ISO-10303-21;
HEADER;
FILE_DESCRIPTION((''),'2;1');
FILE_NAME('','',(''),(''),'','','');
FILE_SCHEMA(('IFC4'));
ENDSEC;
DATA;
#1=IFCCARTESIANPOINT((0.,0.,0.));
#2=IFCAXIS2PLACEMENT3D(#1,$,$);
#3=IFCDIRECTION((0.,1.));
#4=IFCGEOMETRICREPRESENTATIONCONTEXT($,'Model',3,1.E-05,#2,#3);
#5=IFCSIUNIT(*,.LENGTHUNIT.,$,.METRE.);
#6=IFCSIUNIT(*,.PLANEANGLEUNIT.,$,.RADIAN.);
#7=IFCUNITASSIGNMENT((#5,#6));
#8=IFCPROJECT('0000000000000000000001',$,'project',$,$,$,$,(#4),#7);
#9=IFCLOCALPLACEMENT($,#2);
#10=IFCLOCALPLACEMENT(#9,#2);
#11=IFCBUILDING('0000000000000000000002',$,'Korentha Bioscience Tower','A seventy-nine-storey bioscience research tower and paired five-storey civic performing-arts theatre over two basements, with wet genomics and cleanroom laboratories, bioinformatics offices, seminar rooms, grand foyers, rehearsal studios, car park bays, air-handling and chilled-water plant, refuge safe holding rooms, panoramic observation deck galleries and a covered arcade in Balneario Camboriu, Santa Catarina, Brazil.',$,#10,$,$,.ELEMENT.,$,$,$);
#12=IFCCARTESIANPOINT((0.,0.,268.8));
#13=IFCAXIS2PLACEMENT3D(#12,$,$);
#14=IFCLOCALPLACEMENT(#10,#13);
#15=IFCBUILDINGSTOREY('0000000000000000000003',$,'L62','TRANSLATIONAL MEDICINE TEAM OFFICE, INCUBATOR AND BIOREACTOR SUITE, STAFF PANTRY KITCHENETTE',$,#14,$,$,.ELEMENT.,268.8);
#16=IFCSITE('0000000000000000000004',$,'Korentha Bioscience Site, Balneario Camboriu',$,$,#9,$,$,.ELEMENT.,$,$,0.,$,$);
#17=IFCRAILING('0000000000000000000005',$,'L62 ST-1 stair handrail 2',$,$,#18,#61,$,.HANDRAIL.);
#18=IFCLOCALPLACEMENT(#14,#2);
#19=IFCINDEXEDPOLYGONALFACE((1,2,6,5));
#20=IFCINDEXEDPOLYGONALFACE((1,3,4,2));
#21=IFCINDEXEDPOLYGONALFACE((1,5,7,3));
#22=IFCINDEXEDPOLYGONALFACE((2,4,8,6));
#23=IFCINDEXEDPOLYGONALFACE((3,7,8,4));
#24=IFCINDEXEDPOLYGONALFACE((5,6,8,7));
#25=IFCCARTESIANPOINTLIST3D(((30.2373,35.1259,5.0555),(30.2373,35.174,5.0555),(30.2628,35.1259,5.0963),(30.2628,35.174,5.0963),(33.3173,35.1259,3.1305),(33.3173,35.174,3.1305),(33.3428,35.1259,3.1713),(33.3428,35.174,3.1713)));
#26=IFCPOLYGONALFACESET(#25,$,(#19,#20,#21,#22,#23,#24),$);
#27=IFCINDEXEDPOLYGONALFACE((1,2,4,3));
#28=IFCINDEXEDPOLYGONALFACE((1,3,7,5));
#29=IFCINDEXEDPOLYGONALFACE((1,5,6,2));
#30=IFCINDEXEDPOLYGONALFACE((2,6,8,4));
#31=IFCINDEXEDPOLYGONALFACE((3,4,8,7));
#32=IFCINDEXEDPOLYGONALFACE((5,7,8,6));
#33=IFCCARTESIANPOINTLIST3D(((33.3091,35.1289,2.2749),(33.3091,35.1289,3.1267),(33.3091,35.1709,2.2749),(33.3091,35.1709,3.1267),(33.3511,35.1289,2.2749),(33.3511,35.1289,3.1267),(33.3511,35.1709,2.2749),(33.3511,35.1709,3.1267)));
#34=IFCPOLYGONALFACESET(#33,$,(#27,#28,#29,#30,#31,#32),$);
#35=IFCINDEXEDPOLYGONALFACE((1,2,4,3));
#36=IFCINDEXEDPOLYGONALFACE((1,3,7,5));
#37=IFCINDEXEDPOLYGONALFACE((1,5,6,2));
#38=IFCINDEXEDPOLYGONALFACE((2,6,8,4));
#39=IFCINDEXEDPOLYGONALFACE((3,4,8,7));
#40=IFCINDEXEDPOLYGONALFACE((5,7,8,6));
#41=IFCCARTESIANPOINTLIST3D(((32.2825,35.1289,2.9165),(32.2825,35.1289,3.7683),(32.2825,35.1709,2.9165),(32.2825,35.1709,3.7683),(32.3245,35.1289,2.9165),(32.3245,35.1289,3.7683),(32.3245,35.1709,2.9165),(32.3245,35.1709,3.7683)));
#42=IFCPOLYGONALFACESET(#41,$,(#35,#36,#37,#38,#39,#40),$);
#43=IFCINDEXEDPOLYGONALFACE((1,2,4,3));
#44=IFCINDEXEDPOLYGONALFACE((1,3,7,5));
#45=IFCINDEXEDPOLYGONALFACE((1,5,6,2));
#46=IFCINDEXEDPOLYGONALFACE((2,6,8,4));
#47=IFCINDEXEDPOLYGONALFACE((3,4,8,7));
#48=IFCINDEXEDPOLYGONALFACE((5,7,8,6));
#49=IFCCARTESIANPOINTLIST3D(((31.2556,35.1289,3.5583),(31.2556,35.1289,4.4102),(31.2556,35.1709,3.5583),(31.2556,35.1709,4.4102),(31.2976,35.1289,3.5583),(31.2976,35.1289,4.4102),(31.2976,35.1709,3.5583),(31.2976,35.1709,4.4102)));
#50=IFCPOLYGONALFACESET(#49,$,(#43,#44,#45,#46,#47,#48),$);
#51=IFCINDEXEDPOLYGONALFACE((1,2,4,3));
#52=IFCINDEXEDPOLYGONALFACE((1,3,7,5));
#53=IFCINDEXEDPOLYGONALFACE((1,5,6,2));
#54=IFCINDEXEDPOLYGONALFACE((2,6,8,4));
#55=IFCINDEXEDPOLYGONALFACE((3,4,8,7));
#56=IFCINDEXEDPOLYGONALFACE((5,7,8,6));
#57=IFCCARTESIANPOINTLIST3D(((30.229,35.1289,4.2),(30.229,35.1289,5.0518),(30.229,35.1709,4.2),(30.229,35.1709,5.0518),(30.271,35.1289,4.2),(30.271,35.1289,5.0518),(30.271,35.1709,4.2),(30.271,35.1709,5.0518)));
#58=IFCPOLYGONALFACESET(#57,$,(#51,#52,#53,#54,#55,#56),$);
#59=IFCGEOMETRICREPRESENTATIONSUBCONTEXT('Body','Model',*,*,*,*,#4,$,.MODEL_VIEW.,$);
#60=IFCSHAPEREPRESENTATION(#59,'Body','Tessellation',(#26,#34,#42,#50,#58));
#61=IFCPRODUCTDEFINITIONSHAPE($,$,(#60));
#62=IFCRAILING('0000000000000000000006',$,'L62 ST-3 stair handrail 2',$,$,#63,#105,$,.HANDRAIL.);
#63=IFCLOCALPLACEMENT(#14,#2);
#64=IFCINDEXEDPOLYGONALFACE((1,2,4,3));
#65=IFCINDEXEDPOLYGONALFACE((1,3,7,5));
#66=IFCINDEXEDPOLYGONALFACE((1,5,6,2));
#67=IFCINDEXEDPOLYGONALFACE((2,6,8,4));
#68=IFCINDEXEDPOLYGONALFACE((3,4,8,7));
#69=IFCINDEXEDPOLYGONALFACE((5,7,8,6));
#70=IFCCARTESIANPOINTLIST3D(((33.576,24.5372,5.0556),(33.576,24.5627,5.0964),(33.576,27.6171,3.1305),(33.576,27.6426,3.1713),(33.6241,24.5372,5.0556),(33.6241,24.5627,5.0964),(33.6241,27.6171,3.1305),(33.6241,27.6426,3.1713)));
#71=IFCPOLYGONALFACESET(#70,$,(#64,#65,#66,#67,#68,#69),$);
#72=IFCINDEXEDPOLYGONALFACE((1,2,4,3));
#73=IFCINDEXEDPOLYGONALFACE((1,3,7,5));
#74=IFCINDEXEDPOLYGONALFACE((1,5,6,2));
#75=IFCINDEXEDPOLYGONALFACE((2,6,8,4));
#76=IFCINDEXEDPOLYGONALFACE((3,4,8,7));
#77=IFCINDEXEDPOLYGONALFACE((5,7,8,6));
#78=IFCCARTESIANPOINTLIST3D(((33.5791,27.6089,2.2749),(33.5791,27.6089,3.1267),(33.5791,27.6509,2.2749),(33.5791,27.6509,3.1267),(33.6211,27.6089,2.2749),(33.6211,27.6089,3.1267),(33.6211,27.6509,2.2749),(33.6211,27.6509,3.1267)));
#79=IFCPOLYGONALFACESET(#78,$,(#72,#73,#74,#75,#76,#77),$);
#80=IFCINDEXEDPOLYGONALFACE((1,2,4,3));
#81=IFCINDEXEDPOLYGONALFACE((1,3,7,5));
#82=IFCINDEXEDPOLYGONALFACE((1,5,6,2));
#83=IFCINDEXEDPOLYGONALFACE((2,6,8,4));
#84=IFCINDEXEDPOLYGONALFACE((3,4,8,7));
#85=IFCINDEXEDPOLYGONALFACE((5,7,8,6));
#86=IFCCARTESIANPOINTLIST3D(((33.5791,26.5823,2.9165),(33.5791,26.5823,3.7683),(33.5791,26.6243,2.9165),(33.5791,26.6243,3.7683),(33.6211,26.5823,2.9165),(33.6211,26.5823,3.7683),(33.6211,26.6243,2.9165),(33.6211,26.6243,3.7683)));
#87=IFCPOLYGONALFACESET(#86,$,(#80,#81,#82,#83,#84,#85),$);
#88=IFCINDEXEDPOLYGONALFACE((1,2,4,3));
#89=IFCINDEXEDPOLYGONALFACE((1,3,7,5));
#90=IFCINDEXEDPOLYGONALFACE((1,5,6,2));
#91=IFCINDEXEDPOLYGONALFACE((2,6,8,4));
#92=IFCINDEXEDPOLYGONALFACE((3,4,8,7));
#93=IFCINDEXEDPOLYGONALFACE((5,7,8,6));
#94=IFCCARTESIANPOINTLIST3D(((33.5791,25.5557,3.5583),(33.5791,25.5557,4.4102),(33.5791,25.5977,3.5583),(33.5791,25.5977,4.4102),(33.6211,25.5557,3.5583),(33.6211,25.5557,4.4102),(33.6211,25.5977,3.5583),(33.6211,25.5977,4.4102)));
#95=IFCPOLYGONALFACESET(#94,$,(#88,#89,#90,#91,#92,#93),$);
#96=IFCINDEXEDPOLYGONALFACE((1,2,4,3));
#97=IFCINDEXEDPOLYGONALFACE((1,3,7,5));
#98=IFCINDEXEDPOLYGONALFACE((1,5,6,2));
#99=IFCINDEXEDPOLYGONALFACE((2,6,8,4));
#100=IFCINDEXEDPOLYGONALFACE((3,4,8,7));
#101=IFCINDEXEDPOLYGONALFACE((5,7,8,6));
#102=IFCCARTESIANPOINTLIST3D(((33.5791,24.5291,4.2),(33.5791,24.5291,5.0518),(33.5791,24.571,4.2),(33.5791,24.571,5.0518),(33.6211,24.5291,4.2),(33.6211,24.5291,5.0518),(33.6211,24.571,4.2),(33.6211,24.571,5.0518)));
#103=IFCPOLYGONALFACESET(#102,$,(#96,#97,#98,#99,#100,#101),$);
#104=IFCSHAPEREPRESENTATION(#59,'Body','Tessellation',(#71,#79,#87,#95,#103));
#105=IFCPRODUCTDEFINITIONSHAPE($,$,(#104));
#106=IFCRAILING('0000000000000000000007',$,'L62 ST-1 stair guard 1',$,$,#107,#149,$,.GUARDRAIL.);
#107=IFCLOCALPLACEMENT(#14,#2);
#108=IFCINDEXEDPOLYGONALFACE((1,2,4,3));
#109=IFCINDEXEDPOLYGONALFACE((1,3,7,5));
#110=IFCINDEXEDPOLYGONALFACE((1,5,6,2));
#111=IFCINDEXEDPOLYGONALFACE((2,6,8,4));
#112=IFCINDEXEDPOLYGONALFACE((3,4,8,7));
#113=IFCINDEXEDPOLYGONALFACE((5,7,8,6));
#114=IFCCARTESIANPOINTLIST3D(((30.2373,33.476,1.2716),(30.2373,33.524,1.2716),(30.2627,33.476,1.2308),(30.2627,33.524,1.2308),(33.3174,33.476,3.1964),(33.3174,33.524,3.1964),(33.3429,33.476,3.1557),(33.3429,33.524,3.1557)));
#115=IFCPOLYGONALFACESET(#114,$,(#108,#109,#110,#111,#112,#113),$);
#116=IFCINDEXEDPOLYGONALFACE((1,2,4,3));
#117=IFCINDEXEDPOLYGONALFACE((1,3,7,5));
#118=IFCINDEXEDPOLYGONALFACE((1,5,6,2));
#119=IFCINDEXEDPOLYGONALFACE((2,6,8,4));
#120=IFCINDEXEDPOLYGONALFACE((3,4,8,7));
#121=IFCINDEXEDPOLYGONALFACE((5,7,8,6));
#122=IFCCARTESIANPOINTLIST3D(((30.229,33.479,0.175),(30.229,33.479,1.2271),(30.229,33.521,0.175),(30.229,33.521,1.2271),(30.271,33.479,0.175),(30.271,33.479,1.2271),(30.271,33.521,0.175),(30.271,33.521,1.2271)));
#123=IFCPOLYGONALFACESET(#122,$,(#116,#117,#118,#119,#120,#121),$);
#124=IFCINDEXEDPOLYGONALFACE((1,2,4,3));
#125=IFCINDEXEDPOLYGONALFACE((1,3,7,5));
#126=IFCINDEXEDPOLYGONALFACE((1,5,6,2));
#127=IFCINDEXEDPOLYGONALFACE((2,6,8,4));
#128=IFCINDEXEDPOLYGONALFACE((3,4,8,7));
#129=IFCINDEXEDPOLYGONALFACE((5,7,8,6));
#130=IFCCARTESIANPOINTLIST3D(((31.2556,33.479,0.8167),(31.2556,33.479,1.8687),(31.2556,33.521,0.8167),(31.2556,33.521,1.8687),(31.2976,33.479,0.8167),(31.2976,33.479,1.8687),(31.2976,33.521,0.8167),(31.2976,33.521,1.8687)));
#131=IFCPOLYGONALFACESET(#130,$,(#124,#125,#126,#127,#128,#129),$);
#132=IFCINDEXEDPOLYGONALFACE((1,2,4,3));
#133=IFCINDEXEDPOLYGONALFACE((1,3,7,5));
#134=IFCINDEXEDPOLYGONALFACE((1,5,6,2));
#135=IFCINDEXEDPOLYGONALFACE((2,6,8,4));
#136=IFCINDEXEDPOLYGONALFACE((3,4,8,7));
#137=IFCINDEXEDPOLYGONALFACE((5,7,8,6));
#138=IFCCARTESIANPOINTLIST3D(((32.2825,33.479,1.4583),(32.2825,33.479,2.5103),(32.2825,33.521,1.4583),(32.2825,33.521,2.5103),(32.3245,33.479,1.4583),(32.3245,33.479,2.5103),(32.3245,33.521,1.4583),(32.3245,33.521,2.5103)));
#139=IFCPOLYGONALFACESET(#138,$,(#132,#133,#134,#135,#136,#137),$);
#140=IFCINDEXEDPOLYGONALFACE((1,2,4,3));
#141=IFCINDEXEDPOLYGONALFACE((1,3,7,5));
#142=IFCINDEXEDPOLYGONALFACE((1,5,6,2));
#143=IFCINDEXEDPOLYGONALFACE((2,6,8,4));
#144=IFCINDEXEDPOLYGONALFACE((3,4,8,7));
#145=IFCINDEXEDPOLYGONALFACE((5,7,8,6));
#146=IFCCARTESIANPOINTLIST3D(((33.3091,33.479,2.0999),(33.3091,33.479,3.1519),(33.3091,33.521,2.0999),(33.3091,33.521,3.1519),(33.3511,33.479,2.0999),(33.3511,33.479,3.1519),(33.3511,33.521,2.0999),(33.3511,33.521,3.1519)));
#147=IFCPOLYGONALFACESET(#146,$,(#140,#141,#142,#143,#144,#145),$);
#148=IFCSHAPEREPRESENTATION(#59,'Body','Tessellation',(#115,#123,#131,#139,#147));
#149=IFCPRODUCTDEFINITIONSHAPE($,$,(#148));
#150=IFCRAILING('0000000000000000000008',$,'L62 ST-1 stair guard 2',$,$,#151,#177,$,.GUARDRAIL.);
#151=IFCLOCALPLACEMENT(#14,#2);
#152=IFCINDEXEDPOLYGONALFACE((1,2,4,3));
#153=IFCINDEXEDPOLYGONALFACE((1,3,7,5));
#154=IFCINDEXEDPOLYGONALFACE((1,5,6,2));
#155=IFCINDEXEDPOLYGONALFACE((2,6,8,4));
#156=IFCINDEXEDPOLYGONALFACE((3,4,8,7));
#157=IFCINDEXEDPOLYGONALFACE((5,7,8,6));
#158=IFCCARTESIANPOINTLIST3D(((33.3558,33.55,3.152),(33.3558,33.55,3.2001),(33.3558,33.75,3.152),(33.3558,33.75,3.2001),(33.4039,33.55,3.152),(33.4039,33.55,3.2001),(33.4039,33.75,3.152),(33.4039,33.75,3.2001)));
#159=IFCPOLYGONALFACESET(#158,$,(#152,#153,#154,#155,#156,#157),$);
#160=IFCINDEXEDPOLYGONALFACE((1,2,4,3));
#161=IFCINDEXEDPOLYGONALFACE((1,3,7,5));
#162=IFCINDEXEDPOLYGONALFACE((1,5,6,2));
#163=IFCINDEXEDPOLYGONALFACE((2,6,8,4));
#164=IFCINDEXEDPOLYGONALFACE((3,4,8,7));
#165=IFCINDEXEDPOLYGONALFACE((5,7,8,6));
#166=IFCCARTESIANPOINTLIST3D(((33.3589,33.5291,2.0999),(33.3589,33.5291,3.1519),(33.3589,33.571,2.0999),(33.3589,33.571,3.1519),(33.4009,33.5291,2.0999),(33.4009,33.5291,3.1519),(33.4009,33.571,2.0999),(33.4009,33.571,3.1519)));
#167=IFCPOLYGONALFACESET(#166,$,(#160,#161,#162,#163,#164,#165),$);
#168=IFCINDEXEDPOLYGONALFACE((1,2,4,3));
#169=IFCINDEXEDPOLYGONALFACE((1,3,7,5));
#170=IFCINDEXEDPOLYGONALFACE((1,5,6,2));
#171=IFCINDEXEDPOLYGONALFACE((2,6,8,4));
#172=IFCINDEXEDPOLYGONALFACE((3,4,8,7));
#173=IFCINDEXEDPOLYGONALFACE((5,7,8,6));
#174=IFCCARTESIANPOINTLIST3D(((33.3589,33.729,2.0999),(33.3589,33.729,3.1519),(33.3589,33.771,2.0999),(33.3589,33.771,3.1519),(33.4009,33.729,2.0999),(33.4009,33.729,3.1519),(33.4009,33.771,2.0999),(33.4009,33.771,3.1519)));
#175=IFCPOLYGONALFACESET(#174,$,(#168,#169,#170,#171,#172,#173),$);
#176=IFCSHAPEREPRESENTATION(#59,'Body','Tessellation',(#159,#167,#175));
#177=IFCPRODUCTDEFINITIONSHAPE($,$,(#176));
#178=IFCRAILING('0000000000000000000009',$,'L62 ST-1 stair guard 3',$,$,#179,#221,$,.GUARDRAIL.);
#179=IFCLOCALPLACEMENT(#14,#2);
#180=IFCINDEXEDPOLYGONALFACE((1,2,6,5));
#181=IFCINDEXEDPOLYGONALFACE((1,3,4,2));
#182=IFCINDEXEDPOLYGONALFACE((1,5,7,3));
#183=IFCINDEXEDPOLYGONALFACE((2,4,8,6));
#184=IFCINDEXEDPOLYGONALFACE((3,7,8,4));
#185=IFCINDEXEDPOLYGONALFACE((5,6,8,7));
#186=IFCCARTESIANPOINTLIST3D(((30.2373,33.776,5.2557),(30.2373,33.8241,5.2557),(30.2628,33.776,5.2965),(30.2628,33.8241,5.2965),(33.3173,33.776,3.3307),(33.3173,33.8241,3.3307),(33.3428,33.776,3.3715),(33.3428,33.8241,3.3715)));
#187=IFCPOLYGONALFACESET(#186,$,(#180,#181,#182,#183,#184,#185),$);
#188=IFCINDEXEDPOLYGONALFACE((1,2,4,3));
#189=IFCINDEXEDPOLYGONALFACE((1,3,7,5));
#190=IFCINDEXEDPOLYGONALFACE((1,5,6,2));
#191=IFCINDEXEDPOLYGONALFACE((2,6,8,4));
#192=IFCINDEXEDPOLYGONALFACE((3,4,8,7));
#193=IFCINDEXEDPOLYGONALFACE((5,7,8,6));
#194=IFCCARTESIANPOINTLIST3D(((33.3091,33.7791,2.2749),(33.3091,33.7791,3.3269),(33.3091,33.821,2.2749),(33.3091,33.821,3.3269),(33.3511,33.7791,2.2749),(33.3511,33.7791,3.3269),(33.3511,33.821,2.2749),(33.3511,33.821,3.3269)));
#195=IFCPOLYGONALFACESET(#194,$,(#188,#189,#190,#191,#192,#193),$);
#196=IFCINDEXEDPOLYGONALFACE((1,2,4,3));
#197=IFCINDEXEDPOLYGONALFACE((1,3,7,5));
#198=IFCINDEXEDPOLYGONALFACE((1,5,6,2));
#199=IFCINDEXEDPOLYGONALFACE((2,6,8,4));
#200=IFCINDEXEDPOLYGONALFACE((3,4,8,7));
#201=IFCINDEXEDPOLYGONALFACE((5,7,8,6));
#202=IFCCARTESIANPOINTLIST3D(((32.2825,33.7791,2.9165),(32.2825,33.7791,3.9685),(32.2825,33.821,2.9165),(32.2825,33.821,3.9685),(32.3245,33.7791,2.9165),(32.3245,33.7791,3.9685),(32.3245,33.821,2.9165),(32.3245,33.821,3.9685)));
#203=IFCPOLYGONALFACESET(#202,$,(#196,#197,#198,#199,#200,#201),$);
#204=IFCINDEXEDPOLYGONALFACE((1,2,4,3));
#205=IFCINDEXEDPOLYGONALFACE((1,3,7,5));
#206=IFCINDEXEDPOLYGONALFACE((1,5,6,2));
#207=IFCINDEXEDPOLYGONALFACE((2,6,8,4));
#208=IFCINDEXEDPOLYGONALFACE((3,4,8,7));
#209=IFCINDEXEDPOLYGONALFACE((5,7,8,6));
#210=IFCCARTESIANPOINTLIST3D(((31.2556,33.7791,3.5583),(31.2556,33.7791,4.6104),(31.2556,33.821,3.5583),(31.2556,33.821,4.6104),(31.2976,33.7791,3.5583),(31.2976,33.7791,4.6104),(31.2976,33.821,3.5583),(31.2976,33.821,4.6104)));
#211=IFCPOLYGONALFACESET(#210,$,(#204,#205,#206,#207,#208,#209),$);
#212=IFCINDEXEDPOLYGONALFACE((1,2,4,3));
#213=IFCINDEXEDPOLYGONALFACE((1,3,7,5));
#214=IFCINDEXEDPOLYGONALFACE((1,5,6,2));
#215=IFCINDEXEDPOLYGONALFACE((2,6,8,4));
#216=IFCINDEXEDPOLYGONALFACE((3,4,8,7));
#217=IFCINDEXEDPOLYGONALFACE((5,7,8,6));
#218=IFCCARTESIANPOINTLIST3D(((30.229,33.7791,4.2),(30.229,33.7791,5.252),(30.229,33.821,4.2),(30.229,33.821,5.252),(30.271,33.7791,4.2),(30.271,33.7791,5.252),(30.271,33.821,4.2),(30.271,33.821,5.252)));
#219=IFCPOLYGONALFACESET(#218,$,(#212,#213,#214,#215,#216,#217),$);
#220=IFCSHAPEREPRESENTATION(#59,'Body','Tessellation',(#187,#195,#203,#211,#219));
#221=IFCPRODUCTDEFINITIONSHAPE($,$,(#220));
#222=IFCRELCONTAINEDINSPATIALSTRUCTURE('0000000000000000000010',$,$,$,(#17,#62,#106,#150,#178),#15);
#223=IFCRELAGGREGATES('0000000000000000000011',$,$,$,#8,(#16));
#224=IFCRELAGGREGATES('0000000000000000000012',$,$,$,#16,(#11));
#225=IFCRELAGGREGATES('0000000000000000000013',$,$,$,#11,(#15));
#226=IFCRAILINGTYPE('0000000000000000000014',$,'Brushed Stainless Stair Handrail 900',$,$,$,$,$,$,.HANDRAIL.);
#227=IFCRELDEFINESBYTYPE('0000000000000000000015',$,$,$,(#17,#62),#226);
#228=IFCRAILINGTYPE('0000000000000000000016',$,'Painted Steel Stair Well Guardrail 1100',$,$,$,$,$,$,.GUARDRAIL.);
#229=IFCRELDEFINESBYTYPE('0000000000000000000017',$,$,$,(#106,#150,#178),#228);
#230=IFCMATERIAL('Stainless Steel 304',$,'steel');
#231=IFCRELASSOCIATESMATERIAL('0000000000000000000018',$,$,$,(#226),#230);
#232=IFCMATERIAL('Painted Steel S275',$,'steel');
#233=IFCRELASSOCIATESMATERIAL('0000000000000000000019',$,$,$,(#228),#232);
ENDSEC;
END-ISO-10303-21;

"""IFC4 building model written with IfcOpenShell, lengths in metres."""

from ifc_helpers import new_model, si_unit, direction, frame, origin, origin_2d, place, context, subcontext, project, spatial, rectangle, extrude, material, type_object, element, save


model = new_model("IFC4")

# Units and contexts
model_context = context("Model", 3, precision=1e-05, world=origin(), true_north=direction((0.0, 1.0)))
body_context = subcontext(model_context, "Body", "Model", "MODEL_VIEW")
ifc_project = project(units=[si_unit("LENGTHUNIT", "METRE"), si_unit("PLANEANGLEUNIT", "RADIAN")], contexts=[model_context])

# Site, building, storey
site_placement = place(None, origin())
site = spatial("IfcSite", under=ifc_project, at=site_placement, Name="Korentha Bioscience Site, Balneario Camboriu", CompositionType="ELEMENT", RefElevation=0.0)
building_placement = place(site_placement, origin())
building = spatial("IfcBuilding", under=site, at=building_placement, Name="Korentha Bioscience Tower", Description="A seventy-nine-storey bioscience research tower and paired five-storey civic performing-arts theatre over two basements, with wet genomics and cleanroom laboratories, bioinformatics offices, seminar rooms, grand foyers, rehearsal studios, car park bays, air-handling and chilled-water plant, refuge safe holding rooms, panoramic observation deck galleries and a covered arcade in Balneario Camboriu, Santa Catarina, Brazil.", CompositionType="ELEMENT")
storey_placement = place(building_placement, frame((0.0, 0.0, 268.8)))
storey = spatial("IfcBuildingStorey", under=building, at=storey_placement, Name="L62", Description="TRANSLATIONAL MEDICINE TEAM OFFICE, INCUBATOR AND BIOREACTOR SUITE, STAFF PANTRY KITCHENETTE", CompositionType="ELEMENT", Elevation=268.8)

# Railings
ifc_material_1 = material(Name="Stainless Steel 304", Category="steel")
railing_type_1 = type_object("IfcRailingType", Name="Brushed Stainless Stair Handrail 900", PredefinedType="HANDRAIL", material=ifc_material_1)
railing_1_placement = place(storey_placement, frame((33.3301, 35.1499, 2.2749)))
element("IfcRailing", 1, at=railing_1_placement, inside=storey, type_object=railing_type_1, Name="L62 ST-1 stair handrail 2", PredefinedType="HANDRAIL", context=body_context, shape_type="SweptSolid", body=[
    extrude(rectangle(XDim=0.0481, YDim=0.0481, at=origin_2d()), frame((0.0, 0.0, 0.876), z_axis=(-0.847998, 0.0, 0.529999), x_axis=(0.0, -1.0, 0.0)), (0.0, 0.0, 1.0), 3.6321),
    extrude(rectangle(XDim=0.042, YDim=0.042, at=origin_2d()), origin(), (0.0, 0.0, 1.0), 0.8518),
    extrude(rectangle(XDim=0.042, YDim=0.042, at=origin_2d()), frame((-1.0266, 0.0, 0.6416)), (0.0, 0.0, 1.0), 0.8518),
    extrude(rectangle(XDim=0.042, YDim=0.042, at=origin_2d()), frame((-2.0535, 0.0, 1.2834)), (0.0, 0.0, 1.0), 0.8518),
    extrude(rectangle(XDim=0.042, YDim=0.042, at=origin_2d()), frame((-3.0801, 0.0, 1.925)), (0.0, 0.0, 1.0), 0.8518),
])
railing_2_placement = place(storey_placement, frame((33.6001, 27.6299, 2.2749)))
element("IfcRailing", 2, at=railing_2_placement, inside=storey, type_object=railing_type_1, Name="L62 ST-3 stair handrail 2", PredefinedType="HANDRAIL", context=body_context, shape_type="SweptSolid", body=[
    extrude(rectangle(XDim=0.0481, YDim=0.0481, at=origin_2d()), frame((0.0, 0.0, 0.876), z_axis=(0.0, -0.847979, 0.530029), x_axis=(1.0, 0.0, 0.0)), (0.0, 0.0, 1.0), 3.6321),
    extrude(rectangle(XDim=0.042, YDim=0.042, at=origin_2d()), origin(), (0.0, 0.0, 1.0), 0.8518),
    extrude(rectangle(XDim=0.042, YDim=0.042, at=origin_2d()), frame((0.0, -1.0266, 0.6416)), (0.0, 0.0, 1.0), 0.8518),
    extrude(rectangle(XDim=0.042, YDim=0.042, at=origin_2d()), frame((0.0, -2.0532, 1.2834)), (0.0, 0.0, 1.0), 0.8518),
    extrude(rectangle(XDim=0.042, YDim=0.042, at=origin_2d()), frame((0.0, -3.0798, 1.925)), (0.0, 0.0, 1.0), 0.8518),
])
ifc_material_2 = material(Name="Painted Steel S275", Category="steel")
railing_type_2 = type_object("IfcRailingType", Name="Painted Steel Stair Well Guardrail 1100", PredefinedType="GUARDRAIL", material=ifc_material_2)
railing_3_placement = place(storey_placement, frame((30.25, 33.5, 0.175)))
element("IfcRailing", 3, at=railing_3_placement, inside=storey, type_object=railing_type_2, Name="L62 ST-1 stair guard 1", PredefinedType="GUARDRAIL", context=body_context, shape_type="SweptSolid", body=[
    extrude(rectangle(XDim=0.0481, YDim=0.0481, at=origin_2d()), frame((0.0, 0.0, 1.0762), z_axis=(0.848029, 0.0, 0.529951), x_axis=(0.0, 1.0, 0.0)), (0.0, 0.0, 1.0), 3.6321),
    extrude(rectangle(XDim=0.042, YDim=0.042, at=origin_2d()), origin(), (0.0, 0.0, 1.0), 1.052),
    extrude(rectangle(XDim=0.042, YDim=0.042, at=origin_2d()), frame((1.0266, 0.0, 0.6416)), (0.0, 0.0, 1.0), 1.052),
    extrude(rectangle(XDim=0.042, YDim=0.042, at=origin_2d()), frame((2.0535, 0.0, 1.2832)), (0.0, 0.0, 1.0), 1.052),
    extrude(rectangle(XDim=0.042, YDim=0.042, at=origin_2d()), frame((3.0801, 0.0, 1.9248)), (0.0, 0.0, 1.0), 1.052),
])
railing_4_placement = place(storey_placement, frame((33.3799, 33.55, 2.0999)))
element("IfcRailing", 4, at=railing_4_placement, inside=storey, type_object=railing_type_2, Name="L62 ST-1 stair guard 2", PredefinedType="GUARDRAIL", context=body_context, shape_type="SweptSolid", body=[
    extrude(rectangle(XDim=0.0481, YDim=0.0481, at=origin_2d()), frame((0.0, 0.0, 1.0762), z_axis=(0.0, 1.0, 0.0), x_axis=(-1.0, 0.0, 0.0)), (0.0, 0.0, 1.0), 0.2),
    extrude(rectangle(XDim=0.042, YDim=0.042, at=origin_2d()), origin(), (0.0, 0.0, 1.0), 1.052),
    extrude(rectangle(XDim=0.042, YDim=0.042, at=origin_2d()), frame((0.0, 0.2, 0.0)), (0.0, 0.0, 1.0), 1.052),
])
railing_5_placement = place(storey_placement, frame((33.3301, 33.8, 2.2749)))
element("IfcRailing", 5, at=railing_5_placement, inside=storey, type_object=railing_type_2, Name="L62 ST-1 stair guard 3", PredefinedType="GUARDRAIL", context=body_context, shape_type="SweptSolid", body=[
    extrude(rectangle(XDim=0.0481, YDim=0.0481, at=origin_2d()), frame((0.0, 0.0, 1.0762), z_axis=(-0.847998, 0.0, 0.529999), x_axis=(0.0, -1.0, 0.0)), (0.0, 0.0, 1.0), 3.6321),
    extrude(rectangle(XDim=0.042, YDim=0.042, at=origin_2d()), origin(), (0.0, 0.0, 1.0), 1.052),
    extrude(rectangle(XDim=0.042, YDim=0.042, at=origin_2d()), frame((-1.0266, 0.0, 0.6416)), (0.0, 0.0, 1.0), 1.052),
    extrude(rectangle(XDim=0.042, YDim=0.042, at=origin_2d()), frame((-2.0535, 0.0, 1.2834)), (0.0, 0.0, 1.0), 1.052),
    extrude(rectangle(XDim=0.042, YDim=0.042, at=origin_2d()), frame((-3.0801, 0.0, 1.925)), (0.0, 0.0, 1.0), 1.052),
])

save(model, "model.ifc")
